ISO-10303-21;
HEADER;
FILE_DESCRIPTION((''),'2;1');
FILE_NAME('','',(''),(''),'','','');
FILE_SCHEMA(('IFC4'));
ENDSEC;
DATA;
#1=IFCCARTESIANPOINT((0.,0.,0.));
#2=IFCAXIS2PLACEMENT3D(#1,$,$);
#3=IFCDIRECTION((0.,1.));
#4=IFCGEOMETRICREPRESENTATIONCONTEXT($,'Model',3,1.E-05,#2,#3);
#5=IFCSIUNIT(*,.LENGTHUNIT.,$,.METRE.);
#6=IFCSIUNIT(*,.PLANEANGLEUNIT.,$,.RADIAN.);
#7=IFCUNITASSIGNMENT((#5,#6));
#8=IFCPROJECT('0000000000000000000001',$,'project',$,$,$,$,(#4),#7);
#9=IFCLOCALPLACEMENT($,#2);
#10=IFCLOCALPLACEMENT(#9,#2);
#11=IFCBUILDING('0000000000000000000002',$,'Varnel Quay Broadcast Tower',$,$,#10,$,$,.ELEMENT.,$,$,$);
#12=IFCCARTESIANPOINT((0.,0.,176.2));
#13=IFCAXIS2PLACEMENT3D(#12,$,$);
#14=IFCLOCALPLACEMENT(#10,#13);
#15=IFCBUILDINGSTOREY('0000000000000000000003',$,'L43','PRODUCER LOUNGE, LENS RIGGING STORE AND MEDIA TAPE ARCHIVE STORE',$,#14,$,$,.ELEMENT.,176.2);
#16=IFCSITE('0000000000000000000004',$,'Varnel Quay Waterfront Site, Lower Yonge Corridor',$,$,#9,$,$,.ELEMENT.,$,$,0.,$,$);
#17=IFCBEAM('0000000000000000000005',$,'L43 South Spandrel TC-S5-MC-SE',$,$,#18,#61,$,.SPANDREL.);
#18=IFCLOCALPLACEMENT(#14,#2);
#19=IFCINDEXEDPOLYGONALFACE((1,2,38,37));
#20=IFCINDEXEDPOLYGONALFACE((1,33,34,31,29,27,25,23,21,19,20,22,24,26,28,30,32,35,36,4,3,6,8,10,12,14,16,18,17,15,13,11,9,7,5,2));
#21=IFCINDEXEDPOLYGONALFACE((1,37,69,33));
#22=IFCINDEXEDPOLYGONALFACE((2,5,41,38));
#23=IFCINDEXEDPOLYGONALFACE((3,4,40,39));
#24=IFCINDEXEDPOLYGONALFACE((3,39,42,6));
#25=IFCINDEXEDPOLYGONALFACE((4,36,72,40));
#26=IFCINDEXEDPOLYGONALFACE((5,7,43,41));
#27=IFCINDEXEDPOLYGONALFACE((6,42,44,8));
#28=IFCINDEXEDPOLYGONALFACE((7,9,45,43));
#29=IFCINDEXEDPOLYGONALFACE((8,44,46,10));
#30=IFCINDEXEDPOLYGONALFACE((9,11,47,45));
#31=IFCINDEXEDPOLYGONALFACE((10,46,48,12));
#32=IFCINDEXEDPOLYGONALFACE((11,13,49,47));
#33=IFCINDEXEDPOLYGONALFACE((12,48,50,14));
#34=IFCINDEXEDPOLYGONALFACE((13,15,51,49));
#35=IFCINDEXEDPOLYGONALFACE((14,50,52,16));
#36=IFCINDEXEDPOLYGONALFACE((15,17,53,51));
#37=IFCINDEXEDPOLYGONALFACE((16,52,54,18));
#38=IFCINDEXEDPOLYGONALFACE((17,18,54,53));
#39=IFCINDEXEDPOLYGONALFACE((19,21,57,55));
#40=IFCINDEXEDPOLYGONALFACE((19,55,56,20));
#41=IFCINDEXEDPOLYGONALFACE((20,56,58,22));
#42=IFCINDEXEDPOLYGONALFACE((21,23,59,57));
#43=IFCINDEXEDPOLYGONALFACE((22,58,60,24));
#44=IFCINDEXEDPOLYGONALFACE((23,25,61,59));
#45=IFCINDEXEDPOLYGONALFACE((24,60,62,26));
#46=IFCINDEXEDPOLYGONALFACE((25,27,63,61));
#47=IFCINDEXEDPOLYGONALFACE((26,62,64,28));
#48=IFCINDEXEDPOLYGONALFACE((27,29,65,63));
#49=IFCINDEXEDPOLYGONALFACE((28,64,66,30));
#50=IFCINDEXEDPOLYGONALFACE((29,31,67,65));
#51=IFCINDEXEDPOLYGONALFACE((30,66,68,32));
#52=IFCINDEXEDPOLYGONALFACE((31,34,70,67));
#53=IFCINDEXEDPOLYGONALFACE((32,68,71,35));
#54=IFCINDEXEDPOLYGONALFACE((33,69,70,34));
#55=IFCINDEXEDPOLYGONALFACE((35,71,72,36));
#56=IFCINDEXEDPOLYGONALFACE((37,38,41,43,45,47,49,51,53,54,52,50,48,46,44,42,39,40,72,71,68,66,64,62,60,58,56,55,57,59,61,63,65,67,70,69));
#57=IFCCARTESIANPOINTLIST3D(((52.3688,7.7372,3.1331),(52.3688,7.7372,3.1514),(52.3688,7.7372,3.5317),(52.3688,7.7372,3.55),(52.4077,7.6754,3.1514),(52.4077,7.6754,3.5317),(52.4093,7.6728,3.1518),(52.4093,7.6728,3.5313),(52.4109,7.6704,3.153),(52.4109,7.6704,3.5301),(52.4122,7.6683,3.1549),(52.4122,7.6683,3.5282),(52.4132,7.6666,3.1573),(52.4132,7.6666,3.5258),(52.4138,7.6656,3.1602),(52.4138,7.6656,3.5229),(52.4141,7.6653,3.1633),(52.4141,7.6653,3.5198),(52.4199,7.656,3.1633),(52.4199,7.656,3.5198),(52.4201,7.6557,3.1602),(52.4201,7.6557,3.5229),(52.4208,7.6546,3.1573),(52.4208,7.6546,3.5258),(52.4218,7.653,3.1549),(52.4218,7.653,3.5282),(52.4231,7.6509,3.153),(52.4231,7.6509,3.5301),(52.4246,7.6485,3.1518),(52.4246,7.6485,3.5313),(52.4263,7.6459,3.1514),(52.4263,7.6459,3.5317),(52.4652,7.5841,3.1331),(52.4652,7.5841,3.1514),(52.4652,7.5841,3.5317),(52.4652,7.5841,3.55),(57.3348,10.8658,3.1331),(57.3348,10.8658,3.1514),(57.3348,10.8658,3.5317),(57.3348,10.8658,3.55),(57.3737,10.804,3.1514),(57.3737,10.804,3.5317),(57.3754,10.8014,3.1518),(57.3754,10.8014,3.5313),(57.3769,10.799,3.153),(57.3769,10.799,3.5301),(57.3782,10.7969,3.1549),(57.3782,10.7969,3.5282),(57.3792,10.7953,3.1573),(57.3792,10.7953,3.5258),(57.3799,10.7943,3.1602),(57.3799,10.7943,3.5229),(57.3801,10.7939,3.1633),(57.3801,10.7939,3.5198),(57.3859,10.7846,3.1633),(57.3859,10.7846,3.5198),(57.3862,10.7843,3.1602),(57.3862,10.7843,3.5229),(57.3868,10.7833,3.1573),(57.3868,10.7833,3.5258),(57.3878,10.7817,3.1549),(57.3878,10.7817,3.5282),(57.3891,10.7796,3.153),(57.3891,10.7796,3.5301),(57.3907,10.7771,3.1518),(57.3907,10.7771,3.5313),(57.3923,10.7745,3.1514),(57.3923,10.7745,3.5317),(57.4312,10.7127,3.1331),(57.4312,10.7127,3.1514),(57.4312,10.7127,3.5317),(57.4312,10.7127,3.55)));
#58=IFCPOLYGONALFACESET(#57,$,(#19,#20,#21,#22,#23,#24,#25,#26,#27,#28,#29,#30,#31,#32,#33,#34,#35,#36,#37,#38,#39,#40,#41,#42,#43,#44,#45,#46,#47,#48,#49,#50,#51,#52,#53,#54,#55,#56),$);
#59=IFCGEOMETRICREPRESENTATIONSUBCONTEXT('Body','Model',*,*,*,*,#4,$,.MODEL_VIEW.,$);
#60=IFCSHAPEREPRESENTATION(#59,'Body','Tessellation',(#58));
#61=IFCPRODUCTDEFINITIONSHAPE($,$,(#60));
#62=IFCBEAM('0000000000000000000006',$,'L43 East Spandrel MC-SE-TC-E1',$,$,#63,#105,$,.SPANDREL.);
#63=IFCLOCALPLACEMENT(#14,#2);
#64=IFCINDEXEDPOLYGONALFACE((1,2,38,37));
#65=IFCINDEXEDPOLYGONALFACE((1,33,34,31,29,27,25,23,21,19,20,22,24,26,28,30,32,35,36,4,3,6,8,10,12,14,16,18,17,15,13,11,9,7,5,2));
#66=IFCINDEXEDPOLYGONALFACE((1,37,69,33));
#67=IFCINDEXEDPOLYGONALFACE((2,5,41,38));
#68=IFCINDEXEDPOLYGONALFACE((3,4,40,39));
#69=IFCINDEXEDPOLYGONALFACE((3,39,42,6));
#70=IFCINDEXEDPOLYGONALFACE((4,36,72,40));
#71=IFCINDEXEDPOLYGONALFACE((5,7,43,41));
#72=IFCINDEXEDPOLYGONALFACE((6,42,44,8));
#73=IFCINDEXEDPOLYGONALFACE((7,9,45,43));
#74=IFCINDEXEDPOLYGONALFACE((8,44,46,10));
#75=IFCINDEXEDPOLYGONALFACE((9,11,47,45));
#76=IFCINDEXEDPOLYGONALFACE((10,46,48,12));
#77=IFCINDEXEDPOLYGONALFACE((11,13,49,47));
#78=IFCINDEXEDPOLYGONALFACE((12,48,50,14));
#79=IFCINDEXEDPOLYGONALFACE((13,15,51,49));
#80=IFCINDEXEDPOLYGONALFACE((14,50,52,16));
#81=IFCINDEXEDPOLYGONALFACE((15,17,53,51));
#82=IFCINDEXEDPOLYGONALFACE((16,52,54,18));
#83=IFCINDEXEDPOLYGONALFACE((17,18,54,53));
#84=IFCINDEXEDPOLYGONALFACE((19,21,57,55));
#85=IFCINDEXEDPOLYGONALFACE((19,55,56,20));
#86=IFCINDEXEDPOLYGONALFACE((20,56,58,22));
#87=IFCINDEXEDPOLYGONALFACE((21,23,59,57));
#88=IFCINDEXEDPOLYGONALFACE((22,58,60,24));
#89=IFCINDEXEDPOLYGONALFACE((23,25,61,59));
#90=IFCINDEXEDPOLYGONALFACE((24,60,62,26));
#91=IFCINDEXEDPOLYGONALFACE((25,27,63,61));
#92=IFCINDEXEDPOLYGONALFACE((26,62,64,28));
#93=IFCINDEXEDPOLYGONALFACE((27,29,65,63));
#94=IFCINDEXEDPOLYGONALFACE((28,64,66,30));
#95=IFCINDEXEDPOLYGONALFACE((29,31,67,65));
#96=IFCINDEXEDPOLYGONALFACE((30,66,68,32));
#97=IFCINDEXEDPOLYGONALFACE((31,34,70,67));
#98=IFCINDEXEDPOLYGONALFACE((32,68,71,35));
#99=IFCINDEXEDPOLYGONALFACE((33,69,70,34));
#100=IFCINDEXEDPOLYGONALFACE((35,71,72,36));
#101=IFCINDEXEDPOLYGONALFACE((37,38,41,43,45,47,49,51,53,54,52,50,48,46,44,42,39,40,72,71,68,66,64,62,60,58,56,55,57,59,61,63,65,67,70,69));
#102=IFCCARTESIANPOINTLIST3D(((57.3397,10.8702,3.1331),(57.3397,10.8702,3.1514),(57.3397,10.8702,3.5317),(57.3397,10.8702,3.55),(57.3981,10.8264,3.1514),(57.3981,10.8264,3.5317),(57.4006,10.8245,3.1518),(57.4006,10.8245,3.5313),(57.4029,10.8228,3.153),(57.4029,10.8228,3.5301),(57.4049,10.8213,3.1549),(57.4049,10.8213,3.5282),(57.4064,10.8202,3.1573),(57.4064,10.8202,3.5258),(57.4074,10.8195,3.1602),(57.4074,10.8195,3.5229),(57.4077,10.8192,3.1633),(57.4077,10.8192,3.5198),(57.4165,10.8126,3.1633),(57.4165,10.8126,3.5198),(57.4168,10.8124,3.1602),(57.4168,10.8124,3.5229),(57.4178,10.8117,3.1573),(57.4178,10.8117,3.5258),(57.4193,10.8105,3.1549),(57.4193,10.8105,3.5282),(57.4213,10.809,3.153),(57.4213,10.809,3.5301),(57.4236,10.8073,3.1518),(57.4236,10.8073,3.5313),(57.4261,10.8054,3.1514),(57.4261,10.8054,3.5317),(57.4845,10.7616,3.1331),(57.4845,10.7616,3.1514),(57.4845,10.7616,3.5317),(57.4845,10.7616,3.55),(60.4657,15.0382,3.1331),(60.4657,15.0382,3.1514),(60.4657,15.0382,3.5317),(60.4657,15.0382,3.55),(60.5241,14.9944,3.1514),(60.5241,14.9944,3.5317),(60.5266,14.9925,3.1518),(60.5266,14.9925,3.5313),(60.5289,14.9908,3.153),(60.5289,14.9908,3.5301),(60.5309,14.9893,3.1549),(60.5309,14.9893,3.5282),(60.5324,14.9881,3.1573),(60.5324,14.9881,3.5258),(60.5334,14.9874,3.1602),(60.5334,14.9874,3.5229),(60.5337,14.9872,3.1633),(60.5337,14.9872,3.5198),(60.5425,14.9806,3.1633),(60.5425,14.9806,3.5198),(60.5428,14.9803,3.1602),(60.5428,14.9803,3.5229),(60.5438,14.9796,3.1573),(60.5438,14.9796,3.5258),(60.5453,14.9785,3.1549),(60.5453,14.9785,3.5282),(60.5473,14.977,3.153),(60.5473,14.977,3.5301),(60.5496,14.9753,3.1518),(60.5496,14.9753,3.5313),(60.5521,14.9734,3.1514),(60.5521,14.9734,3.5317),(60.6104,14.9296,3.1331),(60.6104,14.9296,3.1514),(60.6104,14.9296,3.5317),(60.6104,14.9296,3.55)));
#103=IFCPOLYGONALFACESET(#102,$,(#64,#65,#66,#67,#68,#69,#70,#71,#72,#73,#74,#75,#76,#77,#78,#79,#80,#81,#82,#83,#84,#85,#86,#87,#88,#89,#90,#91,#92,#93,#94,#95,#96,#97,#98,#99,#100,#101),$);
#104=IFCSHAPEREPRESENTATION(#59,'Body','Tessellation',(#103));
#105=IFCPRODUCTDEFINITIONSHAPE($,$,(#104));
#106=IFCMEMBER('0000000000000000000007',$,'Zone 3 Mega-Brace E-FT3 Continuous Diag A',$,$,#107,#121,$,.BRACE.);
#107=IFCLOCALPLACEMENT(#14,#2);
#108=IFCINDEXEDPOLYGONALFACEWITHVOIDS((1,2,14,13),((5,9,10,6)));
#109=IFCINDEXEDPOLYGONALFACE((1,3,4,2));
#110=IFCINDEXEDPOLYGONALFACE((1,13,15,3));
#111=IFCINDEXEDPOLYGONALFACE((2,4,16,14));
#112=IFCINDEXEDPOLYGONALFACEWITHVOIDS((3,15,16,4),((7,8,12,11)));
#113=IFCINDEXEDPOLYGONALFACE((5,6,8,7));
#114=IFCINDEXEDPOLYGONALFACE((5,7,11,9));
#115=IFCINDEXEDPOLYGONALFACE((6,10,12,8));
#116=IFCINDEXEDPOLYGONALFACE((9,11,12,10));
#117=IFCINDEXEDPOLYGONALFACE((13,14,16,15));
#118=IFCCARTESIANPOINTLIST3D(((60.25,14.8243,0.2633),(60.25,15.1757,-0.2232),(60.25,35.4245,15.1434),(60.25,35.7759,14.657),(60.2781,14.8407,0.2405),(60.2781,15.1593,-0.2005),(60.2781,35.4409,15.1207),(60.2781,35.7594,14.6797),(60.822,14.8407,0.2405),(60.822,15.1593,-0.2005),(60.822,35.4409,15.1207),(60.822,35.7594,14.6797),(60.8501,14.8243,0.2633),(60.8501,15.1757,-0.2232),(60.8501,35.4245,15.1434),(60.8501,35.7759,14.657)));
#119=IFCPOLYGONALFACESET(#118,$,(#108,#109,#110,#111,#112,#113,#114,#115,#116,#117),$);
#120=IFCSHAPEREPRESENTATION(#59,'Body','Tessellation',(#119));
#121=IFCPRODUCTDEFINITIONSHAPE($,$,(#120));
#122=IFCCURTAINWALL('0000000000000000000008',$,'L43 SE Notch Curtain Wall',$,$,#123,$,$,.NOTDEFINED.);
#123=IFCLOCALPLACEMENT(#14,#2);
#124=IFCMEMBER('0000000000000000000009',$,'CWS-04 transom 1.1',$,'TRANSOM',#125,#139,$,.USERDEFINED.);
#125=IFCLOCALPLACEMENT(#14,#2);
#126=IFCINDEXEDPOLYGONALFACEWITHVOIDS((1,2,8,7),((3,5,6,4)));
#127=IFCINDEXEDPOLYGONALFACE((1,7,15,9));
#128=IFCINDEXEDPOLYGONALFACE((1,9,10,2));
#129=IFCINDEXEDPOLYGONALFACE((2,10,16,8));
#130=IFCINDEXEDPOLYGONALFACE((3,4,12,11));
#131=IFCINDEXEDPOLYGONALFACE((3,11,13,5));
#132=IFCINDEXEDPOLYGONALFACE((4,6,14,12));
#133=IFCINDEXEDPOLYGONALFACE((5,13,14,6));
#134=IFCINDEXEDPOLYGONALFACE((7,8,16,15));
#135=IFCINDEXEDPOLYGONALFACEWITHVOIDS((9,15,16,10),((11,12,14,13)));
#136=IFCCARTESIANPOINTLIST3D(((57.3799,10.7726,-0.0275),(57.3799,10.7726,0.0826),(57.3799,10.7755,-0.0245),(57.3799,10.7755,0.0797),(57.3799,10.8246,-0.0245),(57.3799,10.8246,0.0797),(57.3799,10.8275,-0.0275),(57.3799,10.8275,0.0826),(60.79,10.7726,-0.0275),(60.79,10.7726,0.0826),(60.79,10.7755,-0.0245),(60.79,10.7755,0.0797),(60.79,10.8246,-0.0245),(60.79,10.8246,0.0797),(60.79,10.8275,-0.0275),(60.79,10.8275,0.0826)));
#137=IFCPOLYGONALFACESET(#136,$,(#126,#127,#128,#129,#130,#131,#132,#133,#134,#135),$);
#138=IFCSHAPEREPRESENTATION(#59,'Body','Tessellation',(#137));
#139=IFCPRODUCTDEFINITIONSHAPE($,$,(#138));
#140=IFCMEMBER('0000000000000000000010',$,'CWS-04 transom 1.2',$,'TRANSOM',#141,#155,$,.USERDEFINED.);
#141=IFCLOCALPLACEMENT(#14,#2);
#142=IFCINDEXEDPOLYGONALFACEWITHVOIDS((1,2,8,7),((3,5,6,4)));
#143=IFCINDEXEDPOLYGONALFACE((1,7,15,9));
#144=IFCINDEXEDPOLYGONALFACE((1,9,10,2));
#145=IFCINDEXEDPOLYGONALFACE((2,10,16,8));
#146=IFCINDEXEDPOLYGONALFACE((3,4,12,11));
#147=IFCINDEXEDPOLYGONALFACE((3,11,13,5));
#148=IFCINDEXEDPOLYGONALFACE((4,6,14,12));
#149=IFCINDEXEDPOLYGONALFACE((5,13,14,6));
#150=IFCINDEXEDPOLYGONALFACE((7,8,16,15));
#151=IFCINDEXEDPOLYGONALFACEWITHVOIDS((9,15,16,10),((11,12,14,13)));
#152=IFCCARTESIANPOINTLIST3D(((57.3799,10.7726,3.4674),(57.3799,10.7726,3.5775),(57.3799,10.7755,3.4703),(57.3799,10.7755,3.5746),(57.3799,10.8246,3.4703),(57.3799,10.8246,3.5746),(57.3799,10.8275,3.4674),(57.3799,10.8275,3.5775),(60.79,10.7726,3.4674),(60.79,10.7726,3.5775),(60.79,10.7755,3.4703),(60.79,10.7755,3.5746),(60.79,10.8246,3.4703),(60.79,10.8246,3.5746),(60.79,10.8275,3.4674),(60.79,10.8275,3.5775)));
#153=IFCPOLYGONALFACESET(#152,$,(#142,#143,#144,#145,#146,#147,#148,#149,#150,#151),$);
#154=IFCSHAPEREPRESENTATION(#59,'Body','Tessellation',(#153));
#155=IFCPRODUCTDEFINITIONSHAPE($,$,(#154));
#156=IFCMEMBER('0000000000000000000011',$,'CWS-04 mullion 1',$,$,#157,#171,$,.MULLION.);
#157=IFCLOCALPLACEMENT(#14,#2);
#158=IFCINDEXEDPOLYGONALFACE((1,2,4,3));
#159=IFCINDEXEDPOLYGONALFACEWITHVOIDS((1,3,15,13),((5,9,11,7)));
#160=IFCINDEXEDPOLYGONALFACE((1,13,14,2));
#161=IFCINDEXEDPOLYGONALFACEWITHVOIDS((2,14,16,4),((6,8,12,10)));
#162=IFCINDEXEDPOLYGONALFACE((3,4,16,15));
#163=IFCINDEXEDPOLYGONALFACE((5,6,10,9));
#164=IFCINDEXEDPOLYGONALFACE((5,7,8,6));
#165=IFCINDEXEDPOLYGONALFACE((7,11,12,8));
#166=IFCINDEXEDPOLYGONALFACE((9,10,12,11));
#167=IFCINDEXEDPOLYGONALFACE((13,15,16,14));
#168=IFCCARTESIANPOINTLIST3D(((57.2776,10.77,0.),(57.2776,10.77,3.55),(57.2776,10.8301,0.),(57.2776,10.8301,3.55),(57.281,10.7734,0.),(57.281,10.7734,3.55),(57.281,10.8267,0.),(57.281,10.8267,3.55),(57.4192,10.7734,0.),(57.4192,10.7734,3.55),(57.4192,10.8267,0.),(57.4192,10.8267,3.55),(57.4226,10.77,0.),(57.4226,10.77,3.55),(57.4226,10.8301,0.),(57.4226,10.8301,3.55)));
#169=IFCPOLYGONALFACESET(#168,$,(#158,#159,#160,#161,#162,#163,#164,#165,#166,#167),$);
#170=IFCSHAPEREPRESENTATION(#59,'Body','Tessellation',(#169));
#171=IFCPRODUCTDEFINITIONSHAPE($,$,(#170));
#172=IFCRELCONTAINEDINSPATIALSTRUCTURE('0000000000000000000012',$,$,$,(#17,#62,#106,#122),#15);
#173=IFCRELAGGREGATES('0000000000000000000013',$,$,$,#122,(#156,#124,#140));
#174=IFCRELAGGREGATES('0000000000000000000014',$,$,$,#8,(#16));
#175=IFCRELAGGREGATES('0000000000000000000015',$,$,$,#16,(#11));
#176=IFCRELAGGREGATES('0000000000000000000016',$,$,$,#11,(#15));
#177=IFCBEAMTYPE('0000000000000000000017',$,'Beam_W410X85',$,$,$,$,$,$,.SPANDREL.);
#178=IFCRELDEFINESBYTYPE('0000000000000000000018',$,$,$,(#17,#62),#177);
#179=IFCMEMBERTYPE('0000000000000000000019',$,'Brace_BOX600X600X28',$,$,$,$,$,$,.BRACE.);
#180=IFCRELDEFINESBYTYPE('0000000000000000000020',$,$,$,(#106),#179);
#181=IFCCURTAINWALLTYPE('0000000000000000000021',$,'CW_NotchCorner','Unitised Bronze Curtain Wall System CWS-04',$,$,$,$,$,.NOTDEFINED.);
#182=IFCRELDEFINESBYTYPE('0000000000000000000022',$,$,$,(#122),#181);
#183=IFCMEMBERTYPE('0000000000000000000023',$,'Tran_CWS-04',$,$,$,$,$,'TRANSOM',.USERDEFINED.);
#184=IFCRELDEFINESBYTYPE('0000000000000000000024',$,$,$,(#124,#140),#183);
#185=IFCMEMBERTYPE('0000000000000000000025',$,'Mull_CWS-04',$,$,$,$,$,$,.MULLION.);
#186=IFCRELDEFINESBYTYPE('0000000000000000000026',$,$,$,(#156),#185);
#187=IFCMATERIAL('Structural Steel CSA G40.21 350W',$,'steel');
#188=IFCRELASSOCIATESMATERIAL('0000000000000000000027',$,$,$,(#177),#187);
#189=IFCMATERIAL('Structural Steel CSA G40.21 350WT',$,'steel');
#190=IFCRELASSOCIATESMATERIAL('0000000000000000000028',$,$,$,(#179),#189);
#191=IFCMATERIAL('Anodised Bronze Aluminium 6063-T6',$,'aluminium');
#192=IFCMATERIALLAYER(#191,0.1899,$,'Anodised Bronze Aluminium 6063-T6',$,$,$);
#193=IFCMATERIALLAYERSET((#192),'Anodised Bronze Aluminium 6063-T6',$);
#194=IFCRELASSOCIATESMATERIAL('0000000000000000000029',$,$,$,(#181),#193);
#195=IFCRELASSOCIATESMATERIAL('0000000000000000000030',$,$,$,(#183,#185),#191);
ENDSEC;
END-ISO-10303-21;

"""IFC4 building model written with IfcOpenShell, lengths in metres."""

from ifc_helpers import new_model, si_unit, direction, frame, origin, origin_2d, place, context, subcontext, project, spatial, hollow_rectangle, i_section, extrude, source, transform, mapped, material, layer, layer_set, material_profile, profile_set, type_object, type_shapes, element, aggregate, save


model = new_model("IFC4")

# Units and contexts
model_context = context("Model", 3, precision=1e-05, world=origin(), true_north=direction((0.0, 1.0)))
body_context = subcontext(model_context, "Body", "Model", "MODEL_VIEW")
ifc_project = project(units=[si_unit("LENGTHUNIT", "METRE"), si_unit("PLANEANGLEUNIT", "RADIAN")], contexts=[model_context])

# Site, building, storey
site_placement = place(None, origin())
site = spatial("IfcSite", under=ifc_project, at=site_placement, Name="Varnel Quay Waterfront Site, Lower Yonge Corridor", CompositionType="ELEMENT", RefElevation=0.0)
building_placement = place(site_placement, origin())
building = spatial("IfcBuilding", under=site, at=building_placement, Name="Varnel Quay Broadcast Tower", CompositionType="ELEMENT")
storey_placement = place(building_placement, frame((0.0, 0.0, 176.2)))
storey = spatial("IfcBuildingStorey", under=building, at=storey_placement, Name="L43", Description="PRODUCER LOUNGE, LENS RIGGING STORE AND MEDIA TAPE ARCHIVE STORE", CompositionType="ELEMENT", Elevation=176.2)

# Shared definitions
ifc_material_1 = material(Name="Structural Steel CSA G40.21 350WT", Category="steel")
ifc_material_2 = material(Name="Structural Steel CSA G40.21 350W", Category="steel")

# Beams
ifc_material_profile_1 = material_profile(ifc_material_2, i_section(OverallWidth=0.1809, OverallDepth=0.417, WebThickness=0.011, FlangeThickness=0.0183, FilletRadius=0.012, at=origin_2d()), Name="W410X85")
ifc_profile_set_1 = profile_set([ifc_material_profile_1], Name="Structural Steel CSA G40.21 350W")
beam_type = type_object("IfcBeamType", Name="Beam_W410X85", PredefinedType="SPANDREL", material=ifc_profile_set_1)
shared_shape_1 = source(origin(), body_context, "Body", "SweptSolid", [
    extrude(i_section(OverallWidth=0.1809, OverallDepth=0.417, WebThickness=0.011, FlangeThickness=0.0183, FilletRadius=0.012, at=origin_2d()), origin(), (0.0, 0.0, 1.0), 5.8694),
])
beam_1_placement = place(storey_placement, frame((52.417, 7.6606, 3.3416), z_axis=(0.846088, 0.533043, 0.0), x_axis=(-0.533043, 0.846088, 0.0)))
element("IfcBeam", 1, at=beam_1_placement, inside=storey, type_object=beam_type, Name="L43 South Spandrel TC-S5-MC-SE", PredefinedType="SPANDREL", context=body_context, shape_type="MappedRepresentation", body=[
    mapped(shared_shape_1, transform((0.0, 0.0, 0.0), x_axis=(1.0, 0.0, 0.0), y_axis=(0.0, 1.0, 0.0), z_axis=(0.0, 0.0, 1.0), scale=1.0)),
])
shared_shape_2 = source(origin(), body_context, "Body", "SweptSolid", [
    extrude(i_section(OverallWidth=0.1809, OverallDepth=0.417, WebThickness=0.011, FlangeThickness=0.0183, FilletRadius=0.012, at=origin_2d()), origin(), (0.0, 0.0, 1.0), 5.21),
])
beam_2_placement = place(storey_placement, frame((57.4121, 10.8159, 3.3416), z_axis=(0.6, 0.8, 0.0), x_axis=(-0.8, 0.6, 0.0)))
element("IfcBeam", 2, at=beam_2_placement, inside=storey, type_object=beam_type, Name="L43 East Spandrel MC-SE-TC-E1", PredefinedType="SPANDREL", context=body_context, shape_type="MappedRepresentation", body=[
    mapped(shared_shape_2, transform((0.0, 0.0, 0.0), x_axis=(1.0, 0.0, 0.0), y_axis=(0.0, 1.0, 0.0), z_axis=(0.0, 0.0, 1.0), scale=1.0)),
])

# Member
ifc_material_profile_2 = material_profile(ifc_material_1, hollow_rectangle(XDim=0.6001, YDim=0.6001, WallThickness=0.0281, at=origin_2d()), Name="BOX600X600X28")
ifc_profile_set_2 = profile_set([ifc_material_profile_2], Name="Structural Steel CSA G40.21 350WT")
member_type_1 = type_object("IfcMemberType", Name="Brace_BOX600X600X28", PredefinedType="BRACE", material=ifc_profile_set_2)
shared_shape_3 = source(origin(), body_context, "Body", "SweptSolid", [
    extrude(hollow_rectangle(XDim=0.6001, YDim=0.6001, WallThickness=0.0281, at=origin_2d()), origin(), (0.0, 0.0, 1.0), 25.4124),
])
type_shapes(member_type_1, [shared_shape_3])
member_1_placement = place(storey_placement, frame((60.55, 15.0, 0.02), z_axis=(0.0, 0.810637, 0.585549), x_axis=(-1.0, 0.0, 0.0)))
element("IfcMember", 3, at=member_1_placement, inside=storey, type_object=member_type_1, Name="Zone 3 Mega-Brace E-FT3 Continuous Diag A", PredefinedType="BRACE", context=body_context, shape_type="MappedRepresentation", body=[
    mapped(shared_shape_3, transform((0.0, 0.0, 0.0), x_axis=(1.0, 0.0, 0.0), y_axis=(0.0, 1.0, 0.0), z_axis=(0.0, 0.0, 1.0), scale=1.0)),
])

# Curtain wall, members
ifc_material_3 = material(Name="Anodised Bronze Aluminium 6063-T6", Category="aluminium")
ifc_layer_1 = layer(ifc_material_3, 0.1899, Name="Anodised Bronze Aluminium 6063-T6")
ifc_layer_set_1 = layer_set([ifc_layer_1], Name="Anodised Bronze Aluminium 6063-T6")
curtain_wall_type_1 = type_object("IfcCurtainWallType", Name="CW_NotchCorner", Description="Unitised Bronze Curtain Wall System CWS-04", PredefinedType="NOTDEFINED", material=ifc_layer_set_1)
curtain_wall_1_placement = place(storey_placement, origin())
curtain_wall_1 = element("IfcCurtainWall", 4, at=curtain_wall_1_placement, inside=storey, type_object=curtain_wall_type_1, Name="L43 SE Notch Curtain Wall", PredefinedType="NOTDEFINED")
ifc_material_profile_3 = material_profile(ifc_material_3, hollow_rectangle(XDim=0.0549, YDim=0.1101, WallThickness=0.0029, at=origin_2d()), Name="ALU55X110X3")
ifc_profile_set_3 = profile_set([ifc_material_profile_3], Name="Anodised Bronze Aluminium 6063-T6")
member_type_2 = type_object("IfcMemberType", Name="Tran_CWS-04", ElementType="TRANSOM", PredefinedType="USERDEFINED", material=ifc_profile_set_3)
shared_shape_4 = source(origin(), body_context, "Body", "SweptSolid", [
    extrude(hollow_rectangle(XDim=0.0549, YDim=0.1101, WallThickness=0.0029, at=origin_2d()), origin(), (0.0, 0.0, 1.0), 3.4102),
])
type_shapes(member_type_2, [shared_shape_4])
member_2_placement = place(storey_placement, frame((57.3799, 10.8, 0.0276), z_axis=(1.0, 0.0, 0.0), x_axis=(0.0, 1.0, 0.0)))
member_2 = element("IfcMember", 5, at=member_2_placement, type_object=member_type_2, Name="CWS-04 transom 1.1", ObjectType="TRANSOM", PredefinedType="USERDEFINED", context=body_context, shape_type="MappedRepresentation", body=[
    mapped(shared_shape_4, transform((0.0, 0.0, 0.0), x_axis=(1.0, 0.0, 0.0), y_axis=(0.0, 1.0, 0.0), z_axis=(0.0, 0.0, 1.0), scale=1.0)),
])
member_3_placement = place(storey_placement, frame((57.3799, 10.8, 3.5225), z_axis=(1.0, 0.0, 0.0), x_axis=(0.0, 1.0, 0.0)))
member_3 = element("IfcMember", 6, at=member_3_placement, type_object=member_type_2, Name="CWS-04 transom 1.2", ObjectType="TRANSOM", PredefinedType="USERDEFINED", context=body_context, shape_type="MappedRepresentation", body=[
    mapped(shared_shape_4, transform((0.0, 0.0, 0.0), x_axis=(1.0, 0.0, 0.0), y_axis=(0.0, 1.0, 0.0), z_axis=(0.0, 0.0, 1.0), scale=1.0)),
])
ifc_material_profile_4 = material_profile(ifc_material_3, hollow_rectangle(XDim=0.0601, YDim=0.145, WallThickness=0.0034, at=origin_2d()), Name="ALU60X145X3.5")
ifc_profile_set_4 = profile_set([ifc_material_profile_4], Name="Anodised Bronze Aluminium 6063-T6")
member_type_3 = type_object("IfcMemberType", Name="Mull_CWS-04", PredefinedType="MULLION", material=ifc_profile_set_4)
shared_shape_5 = source(origin(), body_context, "Body", "SweptSolid", [
    extrude(hollow_rectangle(XDim=0.0601, YDim=0.145, WallThickness=0.0034, at=origin_2d()), origin(), (0.0, 0.0, 1.0), 3.55),
])
type_shapes(member_type_3, [shared_shape_5])
member_4_placement = place(storey_placement, frame((57.3501, 10.8, 0.0), z_axis=(0.0, 0.0, 1.0), x_axis=(0.0, 1.0, 0.0)))
member_4 = element("IfcMember", 7, at=member_4_placement, type_object=member_type_3, Name="CWS-04 mullion 1", PredefinedType="MULLION", context=body_context, shape_type="MappedRepresentation", body=[
    mapped(shared_shape_5, transform((0.0, 0.0, 0.0), x_axis=(1.0, 0.0, 0.0), y_axis=(0.0, 1.0, 0.0), z_axis=(0.0, 0.0, 1.0), scale=1.0)),
])

aggregate(curtain_wall_1, [member_4, member_2, member_3])

save(model, "model.ifc")
